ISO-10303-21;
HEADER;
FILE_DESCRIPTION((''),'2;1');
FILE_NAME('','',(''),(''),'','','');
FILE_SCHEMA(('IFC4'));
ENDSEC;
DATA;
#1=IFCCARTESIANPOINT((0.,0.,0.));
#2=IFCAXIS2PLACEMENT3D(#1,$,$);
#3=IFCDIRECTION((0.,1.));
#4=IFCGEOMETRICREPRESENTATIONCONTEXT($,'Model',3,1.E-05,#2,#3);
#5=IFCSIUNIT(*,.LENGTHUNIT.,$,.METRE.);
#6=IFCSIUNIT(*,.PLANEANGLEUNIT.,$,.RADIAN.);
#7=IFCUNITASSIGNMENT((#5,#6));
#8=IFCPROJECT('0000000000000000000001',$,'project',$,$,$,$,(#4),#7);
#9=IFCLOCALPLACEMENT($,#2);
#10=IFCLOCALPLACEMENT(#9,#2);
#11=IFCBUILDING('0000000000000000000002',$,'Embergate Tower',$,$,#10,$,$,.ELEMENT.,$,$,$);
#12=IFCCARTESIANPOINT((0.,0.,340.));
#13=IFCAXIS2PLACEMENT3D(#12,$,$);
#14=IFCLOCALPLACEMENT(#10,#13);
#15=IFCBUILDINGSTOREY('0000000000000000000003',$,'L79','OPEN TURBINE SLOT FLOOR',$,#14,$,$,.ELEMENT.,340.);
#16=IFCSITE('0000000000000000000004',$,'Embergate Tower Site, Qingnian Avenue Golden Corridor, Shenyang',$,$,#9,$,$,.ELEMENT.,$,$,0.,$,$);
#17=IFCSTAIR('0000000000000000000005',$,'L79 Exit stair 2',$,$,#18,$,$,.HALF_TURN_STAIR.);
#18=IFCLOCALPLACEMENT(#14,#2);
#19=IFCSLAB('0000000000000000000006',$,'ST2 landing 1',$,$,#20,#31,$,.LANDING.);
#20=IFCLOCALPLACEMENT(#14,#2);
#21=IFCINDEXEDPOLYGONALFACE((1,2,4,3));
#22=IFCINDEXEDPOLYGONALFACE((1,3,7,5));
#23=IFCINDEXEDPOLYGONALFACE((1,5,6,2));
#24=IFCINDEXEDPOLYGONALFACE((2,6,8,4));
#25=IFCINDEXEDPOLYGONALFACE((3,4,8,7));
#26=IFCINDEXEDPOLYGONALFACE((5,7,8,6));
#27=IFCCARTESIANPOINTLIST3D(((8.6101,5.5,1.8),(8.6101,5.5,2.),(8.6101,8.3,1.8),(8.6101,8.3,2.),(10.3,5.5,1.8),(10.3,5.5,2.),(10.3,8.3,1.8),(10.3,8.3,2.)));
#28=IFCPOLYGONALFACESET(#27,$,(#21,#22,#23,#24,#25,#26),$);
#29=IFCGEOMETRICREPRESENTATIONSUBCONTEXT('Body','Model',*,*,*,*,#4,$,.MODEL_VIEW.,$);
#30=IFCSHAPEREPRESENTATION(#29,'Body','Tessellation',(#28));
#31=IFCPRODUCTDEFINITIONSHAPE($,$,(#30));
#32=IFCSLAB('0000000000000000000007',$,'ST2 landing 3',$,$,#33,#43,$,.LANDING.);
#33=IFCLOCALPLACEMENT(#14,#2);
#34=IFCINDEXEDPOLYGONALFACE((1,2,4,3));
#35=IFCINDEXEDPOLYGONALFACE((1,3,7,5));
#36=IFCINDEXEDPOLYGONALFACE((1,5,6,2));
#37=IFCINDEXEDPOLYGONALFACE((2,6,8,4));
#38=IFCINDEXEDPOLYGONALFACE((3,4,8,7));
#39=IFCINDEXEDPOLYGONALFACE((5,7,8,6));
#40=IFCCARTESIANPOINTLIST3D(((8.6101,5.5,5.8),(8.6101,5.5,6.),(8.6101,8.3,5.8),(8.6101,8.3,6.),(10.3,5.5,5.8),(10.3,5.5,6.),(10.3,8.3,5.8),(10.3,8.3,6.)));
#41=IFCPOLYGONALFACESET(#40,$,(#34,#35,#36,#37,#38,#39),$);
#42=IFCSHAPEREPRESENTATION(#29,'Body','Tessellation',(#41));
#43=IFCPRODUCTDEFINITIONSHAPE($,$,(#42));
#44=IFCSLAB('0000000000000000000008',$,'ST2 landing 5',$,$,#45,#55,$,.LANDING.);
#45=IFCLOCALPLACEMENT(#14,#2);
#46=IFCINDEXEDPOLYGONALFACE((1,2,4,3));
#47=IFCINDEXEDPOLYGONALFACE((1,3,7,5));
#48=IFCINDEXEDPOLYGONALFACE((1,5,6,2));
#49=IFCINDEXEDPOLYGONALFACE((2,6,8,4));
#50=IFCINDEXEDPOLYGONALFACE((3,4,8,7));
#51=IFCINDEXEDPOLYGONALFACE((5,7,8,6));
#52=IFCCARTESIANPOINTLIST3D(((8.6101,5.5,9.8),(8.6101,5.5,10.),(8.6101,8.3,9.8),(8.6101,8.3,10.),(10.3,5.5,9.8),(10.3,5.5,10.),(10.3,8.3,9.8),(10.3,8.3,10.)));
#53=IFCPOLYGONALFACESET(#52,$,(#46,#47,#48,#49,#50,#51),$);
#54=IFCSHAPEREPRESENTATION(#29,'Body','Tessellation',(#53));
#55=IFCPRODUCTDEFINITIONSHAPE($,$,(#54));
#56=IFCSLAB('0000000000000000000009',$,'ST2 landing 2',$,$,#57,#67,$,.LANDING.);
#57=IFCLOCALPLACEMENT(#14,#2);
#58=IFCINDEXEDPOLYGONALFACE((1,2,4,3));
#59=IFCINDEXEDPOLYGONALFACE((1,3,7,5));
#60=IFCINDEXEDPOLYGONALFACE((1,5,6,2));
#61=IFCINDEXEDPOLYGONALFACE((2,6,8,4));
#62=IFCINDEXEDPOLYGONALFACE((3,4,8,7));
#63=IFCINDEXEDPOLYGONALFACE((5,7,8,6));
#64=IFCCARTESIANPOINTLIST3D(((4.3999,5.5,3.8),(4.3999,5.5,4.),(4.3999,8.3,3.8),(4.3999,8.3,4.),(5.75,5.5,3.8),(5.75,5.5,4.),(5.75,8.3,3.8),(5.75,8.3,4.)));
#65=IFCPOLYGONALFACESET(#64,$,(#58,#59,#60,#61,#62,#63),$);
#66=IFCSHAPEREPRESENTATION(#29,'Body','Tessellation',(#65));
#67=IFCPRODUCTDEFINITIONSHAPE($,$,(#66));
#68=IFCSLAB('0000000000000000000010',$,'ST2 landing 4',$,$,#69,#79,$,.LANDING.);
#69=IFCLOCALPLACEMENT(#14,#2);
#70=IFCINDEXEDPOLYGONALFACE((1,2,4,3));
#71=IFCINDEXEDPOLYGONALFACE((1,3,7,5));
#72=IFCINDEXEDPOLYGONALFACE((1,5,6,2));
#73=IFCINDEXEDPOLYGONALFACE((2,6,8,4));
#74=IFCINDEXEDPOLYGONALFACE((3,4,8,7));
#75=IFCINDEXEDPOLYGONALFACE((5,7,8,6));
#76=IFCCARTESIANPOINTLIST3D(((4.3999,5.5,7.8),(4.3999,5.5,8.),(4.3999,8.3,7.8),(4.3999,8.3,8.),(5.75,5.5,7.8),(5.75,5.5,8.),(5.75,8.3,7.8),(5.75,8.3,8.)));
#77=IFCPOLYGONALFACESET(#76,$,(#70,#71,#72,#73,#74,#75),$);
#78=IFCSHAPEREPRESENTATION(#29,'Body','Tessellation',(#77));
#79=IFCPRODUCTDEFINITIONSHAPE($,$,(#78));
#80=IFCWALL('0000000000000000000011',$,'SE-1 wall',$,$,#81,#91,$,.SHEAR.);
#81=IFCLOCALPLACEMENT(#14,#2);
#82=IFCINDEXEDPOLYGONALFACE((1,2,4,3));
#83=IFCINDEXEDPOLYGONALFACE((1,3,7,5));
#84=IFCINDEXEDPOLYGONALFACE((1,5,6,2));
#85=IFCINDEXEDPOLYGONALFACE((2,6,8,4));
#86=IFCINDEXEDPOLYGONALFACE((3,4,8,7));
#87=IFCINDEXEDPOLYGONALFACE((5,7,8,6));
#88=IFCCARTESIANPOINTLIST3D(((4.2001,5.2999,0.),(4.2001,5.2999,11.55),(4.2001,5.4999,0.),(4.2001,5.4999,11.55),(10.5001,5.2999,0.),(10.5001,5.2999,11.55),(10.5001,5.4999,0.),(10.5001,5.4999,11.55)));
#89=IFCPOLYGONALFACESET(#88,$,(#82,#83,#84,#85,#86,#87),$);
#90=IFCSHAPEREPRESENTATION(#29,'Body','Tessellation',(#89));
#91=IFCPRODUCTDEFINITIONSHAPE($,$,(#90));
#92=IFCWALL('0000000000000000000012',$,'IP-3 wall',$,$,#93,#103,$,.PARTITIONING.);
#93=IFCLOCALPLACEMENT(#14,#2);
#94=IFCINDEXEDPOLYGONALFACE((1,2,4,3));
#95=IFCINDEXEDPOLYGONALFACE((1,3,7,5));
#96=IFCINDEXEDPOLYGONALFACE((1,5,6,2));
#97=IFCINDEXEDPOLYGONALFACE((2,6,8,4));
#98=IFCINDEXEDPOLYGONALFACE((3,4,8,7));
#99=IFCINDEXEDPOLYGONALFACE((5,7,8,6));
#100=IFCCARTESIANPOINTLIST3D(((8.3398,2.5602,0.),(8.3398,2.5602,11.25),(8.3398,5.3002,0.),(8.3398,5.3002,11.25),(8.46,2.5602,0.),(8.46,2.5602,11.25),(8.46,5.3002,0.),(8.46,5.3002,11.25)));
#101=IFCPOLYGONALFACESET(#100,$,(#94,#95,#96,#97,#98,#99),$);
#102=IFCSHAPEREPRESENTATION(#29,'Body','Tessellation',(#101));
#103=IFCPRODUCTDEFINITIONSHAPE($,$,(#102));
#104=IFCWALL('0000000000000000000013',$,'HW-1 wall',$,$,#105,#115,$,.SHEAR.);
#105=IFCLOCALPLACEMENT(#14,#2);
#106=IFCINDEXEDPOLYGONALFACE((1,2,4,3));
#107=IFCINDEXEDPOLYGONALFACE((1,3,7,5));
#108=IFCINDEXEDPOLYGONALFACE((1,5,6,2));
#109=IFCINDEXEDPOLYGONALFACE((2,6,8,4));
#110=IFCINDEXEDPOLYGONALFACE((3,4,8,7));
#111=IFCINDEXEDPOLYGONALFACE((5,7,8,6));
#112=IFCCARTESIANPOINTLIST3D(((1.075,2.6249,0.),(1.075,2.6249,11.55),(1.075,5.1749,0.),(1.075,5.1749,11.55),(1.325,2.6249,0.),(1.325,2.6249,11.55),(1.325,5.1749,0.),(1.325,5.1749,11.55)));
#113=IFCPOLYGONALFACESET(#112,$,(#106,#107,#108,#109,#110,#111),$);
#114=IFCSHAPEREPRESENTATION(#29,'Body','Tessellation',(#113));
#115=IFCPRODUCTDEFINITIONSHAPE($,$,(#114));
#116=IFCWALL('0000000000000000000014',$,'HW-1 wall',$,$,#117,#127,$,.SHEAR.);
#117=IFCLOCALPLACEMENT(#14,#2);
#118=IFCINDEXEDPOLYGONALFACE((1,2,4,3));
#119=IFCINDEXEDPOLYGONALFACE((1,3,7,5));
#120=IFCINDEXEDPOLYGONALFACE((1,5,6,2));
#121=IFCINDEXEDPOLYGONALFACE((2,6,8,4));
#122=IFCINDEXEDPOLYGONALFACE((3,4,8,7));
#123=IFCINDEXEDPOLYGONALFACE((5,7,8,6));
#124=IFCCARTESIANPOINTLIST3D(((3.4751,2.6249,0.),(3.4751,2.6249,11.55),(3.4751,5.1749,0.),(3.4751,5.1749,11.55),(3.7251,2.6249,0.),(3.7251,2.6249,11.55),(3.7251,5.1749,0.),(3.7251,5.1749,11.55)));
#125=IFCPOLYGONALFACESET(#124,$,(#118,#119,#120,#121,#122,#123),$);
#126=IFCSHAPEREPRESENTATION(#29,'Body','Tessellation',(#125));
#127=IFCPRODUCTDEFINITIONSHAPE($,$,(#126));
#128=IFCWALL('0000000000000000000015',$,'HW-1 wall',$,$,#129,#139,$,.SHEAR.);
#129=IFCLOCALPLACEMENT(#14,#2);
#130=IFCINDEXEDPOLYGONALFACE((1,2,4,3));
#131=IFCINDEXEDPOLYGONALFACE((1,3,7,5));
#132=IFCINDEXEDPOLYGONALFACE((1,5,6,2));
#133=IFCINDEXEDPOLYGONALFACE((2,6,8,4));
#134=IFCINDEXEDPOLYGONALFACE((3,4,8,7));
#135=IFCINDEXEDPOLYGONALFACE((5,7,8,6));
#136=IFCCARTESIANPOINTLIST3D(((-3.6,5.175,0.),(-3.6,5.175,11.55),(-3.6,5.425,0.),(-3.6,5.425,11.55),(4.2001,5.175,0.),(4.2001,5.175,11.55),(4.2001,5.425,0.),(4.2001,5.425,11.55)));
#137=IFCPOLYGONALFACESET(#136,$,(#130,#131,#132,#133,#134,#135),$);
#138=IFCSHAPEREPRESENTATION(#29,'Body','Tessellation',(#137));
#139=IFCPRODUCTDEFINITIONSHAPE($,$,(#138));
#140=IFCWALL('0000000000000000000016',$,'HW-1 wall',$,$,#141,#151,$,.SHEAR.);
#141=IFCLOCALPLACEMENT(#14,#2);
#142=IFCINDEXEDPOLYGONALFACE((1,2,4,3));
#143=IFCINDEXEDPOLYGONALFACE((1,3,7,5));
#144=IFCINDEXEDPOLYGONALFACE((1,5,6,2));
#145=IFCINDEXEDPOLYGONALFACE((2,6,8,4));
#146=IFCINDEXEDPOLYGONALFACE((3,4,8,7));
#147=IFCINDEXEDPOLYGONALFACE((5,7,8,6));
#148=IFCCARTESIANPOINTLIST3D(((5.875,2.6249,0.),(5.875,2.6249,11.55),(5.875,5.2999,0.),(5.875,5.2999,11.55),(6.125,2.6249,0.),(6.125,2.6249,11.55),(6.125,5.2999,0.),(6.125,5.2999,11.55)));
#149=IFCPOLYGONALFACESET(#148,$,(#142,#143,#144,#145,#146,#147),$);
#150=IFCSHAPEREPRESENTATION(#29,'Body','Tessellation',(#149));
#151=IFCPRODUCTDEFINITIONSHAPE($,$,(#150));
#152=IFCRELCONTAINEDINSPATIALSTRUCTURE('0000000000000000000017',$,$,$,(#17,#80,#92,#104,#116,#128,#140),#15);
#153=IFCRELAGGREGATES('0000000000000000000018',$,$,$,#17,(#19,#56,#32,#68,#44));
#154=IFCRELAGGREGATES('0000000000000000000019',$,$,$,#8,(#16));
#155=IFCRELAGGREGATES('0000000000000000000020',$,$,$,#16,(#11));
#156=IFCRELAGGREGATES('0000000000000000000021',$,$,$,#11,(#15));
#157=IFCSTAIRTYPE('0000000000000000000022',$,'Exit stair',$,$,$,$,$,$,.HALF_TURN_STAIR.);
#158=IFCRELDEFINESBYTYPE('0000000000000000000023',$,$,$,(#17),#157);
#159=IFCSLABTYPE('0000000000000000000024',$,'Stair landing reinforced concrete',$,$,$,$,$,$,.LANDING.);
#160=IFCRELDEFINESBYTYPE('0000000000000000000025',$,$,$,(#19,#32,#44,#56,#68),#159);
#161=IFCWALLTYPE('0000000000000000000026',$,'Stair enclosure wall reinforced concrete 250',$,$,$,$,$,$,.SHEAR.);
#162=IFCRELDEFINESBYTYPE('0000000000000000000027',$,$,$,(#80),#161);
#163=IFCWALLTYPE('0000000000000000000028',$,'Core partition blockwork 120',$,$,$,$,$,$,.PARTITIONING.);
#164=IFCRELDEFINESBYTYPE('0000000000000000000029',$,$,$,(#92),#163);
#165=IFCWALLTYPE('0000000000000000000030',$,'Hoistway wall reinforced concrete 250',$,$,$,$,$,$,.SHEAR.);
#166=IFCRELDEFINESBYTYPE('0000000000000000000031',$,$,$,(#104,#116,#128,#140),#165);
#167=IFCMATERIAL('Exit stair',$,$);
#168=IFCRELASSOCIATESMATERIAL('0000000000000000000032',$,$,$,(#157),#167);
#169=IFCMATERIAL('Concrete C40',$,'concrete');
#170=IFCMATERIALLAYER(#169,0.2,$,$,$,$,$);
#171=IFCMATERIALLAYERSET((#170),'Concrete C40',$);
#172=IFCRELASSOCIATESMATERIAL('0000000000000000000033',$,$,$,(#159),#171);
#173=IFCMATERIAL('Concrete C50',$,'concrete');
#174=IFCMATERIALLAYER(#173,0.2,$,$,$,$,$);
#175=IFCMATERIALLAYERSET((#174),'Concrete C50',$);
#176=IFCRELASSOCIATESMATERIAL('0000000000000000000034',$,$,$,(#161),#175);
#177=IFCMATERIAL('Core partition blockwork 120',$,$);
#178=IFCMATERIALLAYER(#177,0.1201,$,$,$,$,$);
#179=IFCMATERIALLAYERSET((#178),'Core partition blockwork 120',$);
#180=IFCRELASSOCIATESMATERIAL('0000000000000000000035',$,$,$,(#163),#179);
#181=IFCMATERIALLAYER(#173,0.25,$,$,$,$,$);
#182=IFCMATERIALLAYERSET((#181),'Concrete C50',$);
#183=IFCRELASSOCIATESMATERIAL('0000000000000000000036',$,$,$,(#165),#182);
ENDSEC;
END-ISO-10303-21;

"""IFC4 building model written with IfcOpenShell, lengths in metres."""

from ifc_helpers import new_model, si_unit, direction, frame, frame_2d, origin, place, context, subcontext, project, spatial, polyline, rectangle, outline, extrude, source, transform, mapped, material, layer, layer_set, type_object, element, aggregate, save


model = new_model("IFC4")

# Units and contexts
model_context = context("Model", 3, precision=1e-05, world=origin(), true_north=direction((0.0, 1.0)))
body_context = subcontext(model_context, "Body", "Model", "MODEL_VIEW")
ifc_project = project(units=[si_unit("LENGTHUNIT", "METRE"), si_unit("PLANEANGLEUNIT", "RADIAN")], contexts=[model_context])

# Site, building, storey
site_placement = place(None, origin())
site = spatial("IfcSite", under=ifc_project, at=site_placement, Name="Embergate Tower Site, Qingnian Avenue Golden Corridor, Shenyang", CompositionType="ELEMENT", RefElevation=0.0)
building_placement = place(site_placement, origin())
building = spatial("IfcBuilding", under=site, at=building_placement, Name="Embergate Tower", CompositionType="ELEMENT")
storey_placement = place(building_placement, frame((0.0, 0.0, 340.0)))
storey = spatial("IfcBuildingStorey", under=building, at=storey_placement, Name="L79", Description="OPEN TURBINE SLOT FLOOR", CompositionType="ELEMENT", Elevation=340.0)

# Stair, slabs
ifc_material_1 = material(Name="Exit stair")
stair_type = type_object("IfcStairType", Name="Exit stair", PredefinedType="HALF_TURN_STAIR", material=ifc_material_1)
stair_placement = place(storey_placement, origin())
stair = element("IfcStair", 1, at=stair_placement, inside=storey, type_object=stair_type, Name="L79 Exit stair 2", PredefinedType="HALF_TURN_STAIR")
ifc_material_2 = material(Name="Concrete C40", Category="concrete")
ifc_layer_1 = layer(ifc_material_2, 0.2)
ifc_layer_set_1 = layer_set([ifc_layer_1], Name="Concrete C40")
slab_type = type_object("IfcSlabType", Name="Stair landing reinforced concrete", PredefinedType="LANDING", material=ifc_layer_set_1)
shared_shape_1 = source(origin(), body_context, "Body", "SweptSolid", [
    extrude(outline(polyline([(0.0, 0.0), (1.6899, 0.0), (1.6899, 2.8), (0.0, 2.8), (0.0, 0.0)])), origin(), (0.0, 0.0, 1.0), 0.2),
])
slab_1_placement = place(storey_placement, frame((8.6101, 5.5, 1.8)))
slab_1 = element("IfcSlab", 2, at=slab_1_placement, type_object=slab_type, Name="ST2 landing 1", PredefinedType="LANDING", context=body_context, shape_type="MappedRepresentation", body=[
    mapped(shared_shape_1, transform((0.0, 0.0, 0.0))),
])
slab_2_placement = place(storey_placement, frame((8.6101, 5.5, 5.8)))
slab_2 = element("IfcSlab", 3, at=slab_2_placement, type_object=slab_type, Name="ST2 landing 3", PredefinedType="LANDING", context=body_context, shape_type="MappedRepresentation", body=[
    mapped(shared_shape_1, transform((0.0, 0.0, 0.0))),
])
slab_3_placement = place(storey_placement, frame((8.6101, 5.5, 9.8)))
slab_3 = element("IfcSlab", 4, at=slab_3_placement, type_object=slab_type, Name="ST2 landing 5", PredefinedType="LANDING", context=body_context, shape_type="MappedRepresentation", body=[
    mapped(shared_shape_1, transform((0.0, 0.0, 0.0))),
])
shared_shape_2 = source(origin(), body_context, "Body", "SweptSolid", [
    extrude(outline(polyline([(0.0, 0.0), (1.3501, 0.0), (1.3501, 2.8), (0.0, 2.8), (0.0, 0.0)])), origin(), (0.0, 0.0, 1.0), 0.2),
])
slab_4_placement = place(storey_placement, frame((4.3999, 5.5, 3.8)))
slab_4 = element("IfcSlab", 5, at=slab_4_placement, type_object=slab_type, Name="ST2 landing 2", PredefinedType="LANDING", context=body_context, shape_type="MappedRepresentation", body=[
    mapped(shared_shape_2, transform((0.0, 0.0, 0.0))),
])
slab_5_placement = place(storey_placement, frame((4.3999, 5.5, 7.8)))
slab_5 = element("IfcSlab", 6, at=slab_5_placement, type_object=slab_type, Name="ST2 landing 4", PredefinedType="LANDING", context=body_context, shape_type="MappedRepresentation", body=[
    mapped(shared_shape_2, transform((0.0, 0.0, 0.0))),
])

# Walls
ifc_material_3 = material(Name="Concrete C50", Category="concrete")
ifc_layer_2 = layer(ifc_material_3, 0.2)
ifc_layer_set_2 = layer_set([ifc_layer_2], Name="Concrete C50")
wall_type_1 = type_object("IfcWallType", Name="Stair enclosure wall reinforced concrete 250", PredefinedType="SHEAR", material=ifc_layer_set_2)
shared_shape_3 = source(origin(), body_context, "Body", "SweptSolid", [
    extrude(rectangle(XDim=6.3, YDim=0.2, at=frame_2d((3.1499, 0.0))), origin(), (0.0, 0.0, 1.0), 11.55),
])
wall_1_placement = place(storey_placement, frame((10.5, 5.3999, 0.0), z_axis=(0.0, 0.0, 1.0), x_axis=(-1.0, 0.0, 0.0)))
element("IfcWall", 7, at=wall_1_placement, inside=storey, type_object=wall_type_1, Name="SE-1 wall", PredefinedType="SHEAR", context=body_context, shape_type="MappedRepresentation", body=[
    mapped(shared_shape_3, transform((0.0, 0.0, 0.0))),
])
ifc_material_4 = material(Name="Core partition blockwork 120")
ifc_layer_3 = layer(ifc_material_4, 0.1201)
ifc_layer_set_3 = layer_set([ifc_layer_3], Name="Core partition blockwork 120")
wall_type_2 = type_object("IfcWallType", Name="Core partition blockwork 120", PredefinedType="PARTITIONING", material=ifc_layer_set_3)
shared_shape_4 = source(origin(), body_context, "Body", "SweptSolid", [
    extrude(rectangle(XDim=2.74, YDim=0.1201, at=frame_2d((1.3701, 0.0))), origin(), (0.0, 0.0, 1.0), 11.25),
])
wall_2_placement = place(storey_placement, frame((8.3999, 2.5601, 0.0), z_axis=(0.0, 0.0, 1.0), x_axis=(0.0, 1.0, 0.0)))
element("IfcWall", 8, at=wall_2_placement, inside=storey, type_object=wall_type_2, Name="IP-3 wall", PredefinedType="PARTITIONING", context=body_context, shape_type="MappedRepresentation", body=[
    mapped(shared_shape_4, transform((0.0, 0.0, 0.0))),
])
ifc_layer_4 = layer(ifc_material_3, 0.25)
ifc_layer_set_4 = layer_set([ifc_layer_4], Name="Concrete C50")
wall_type_3 = type_object("IfcWallType", Name="Hoistway wall reinforced concrete 250", PredefinedType="SHEAR", material=ifc_layer_set_4)
shared_shape_5 = source(origin(), body_context, "Body", "SweptSolid", [
    extrude(rectangle(XDim=2.55, YDim=0.25, at=frame_2d((1.2749, 0.0))), origin(), (0.0, 0.0, 1.0), 11.55),
])
for number, where, z_axis, x_axis, name in (
    (9, (1.2, 2.625, 0.0), (0.0, 0.0, 1.0), (0.0, 1.0, 0.0), "HW-1 wall"),
    (10, (3.6001, 2.625, 0.0), (0.0, 0.0, 1.0), (0.0, 1.0, 0.0), "HW-1 wall"),
):
    element("IfcWall", number, at=place(storey_placement, frame(where, z_axis=z_axis, x_axis=x_axis)), inside=storey, type_object=wall_type_3, Name=name, PredefinedType="SHEAR", context=body_context, shape_type="MappedRepresentation", body=[
        mapped(shared_shape_5, transform((0.0, 0.0, 0.0))),
    ])
shared_shape_6 = source(origin(), body_context, "Body", "SweptSolid", [
    extrude(rectangle(XDim=7.8, YDim=0.25, at=frame_2d((3.8999, 0.0))), origin(), (0.0, 0.0, 1.0), 11.55),
])
wall_3_placement = place(storey_placement, frame((4.2, 5.3, 0.0), z_axis=(0.0, 0.0, 1.0), x_axis=(-1.0, 0.0, 0.0)))
element("IfcWall", 11, at=wall_3_placement, inside=storey, type_object=wall_type_3, Name="HW-1 wall", PredefinedType="SHEAR", context=body_context, shape_type="MappedRepresentation", body=[
    mapped(shared_shape_6, transform((0.0, 0.0, 0.0))),
])
shared_shape_7 = source(origin(), body_context, "Body", "SweptSolid", [
    extrude(rectangle(XDim=2.675, YDim=0.25, at=frame_2d((1.3374, 0.0))), origin(), (0.0, 0.0, 1.0), 11.55),
])
wall_4_placement = place(storey_placement, frame((6.0, 2.625, 0.0), z_axis=(0.0, 0.0, 1.0), x_axis=(0.0, 1.0, 0.0)))
element("IfcWall", 12, at=wall_4_placement, inside=storey, type_object=wall_type_3, Name="HW-1 wall", PredefinedType="SHEAR", context=body_context, shape_type="MappedRepresentation", body=[
    mapped(shared_shape_7, transform((0.0, 0.0, 0.0))),
])

aggregate(stair, [slab_1, slab_4, slab_2, slab_5, slab_3])

save(model, "model.ifc")
